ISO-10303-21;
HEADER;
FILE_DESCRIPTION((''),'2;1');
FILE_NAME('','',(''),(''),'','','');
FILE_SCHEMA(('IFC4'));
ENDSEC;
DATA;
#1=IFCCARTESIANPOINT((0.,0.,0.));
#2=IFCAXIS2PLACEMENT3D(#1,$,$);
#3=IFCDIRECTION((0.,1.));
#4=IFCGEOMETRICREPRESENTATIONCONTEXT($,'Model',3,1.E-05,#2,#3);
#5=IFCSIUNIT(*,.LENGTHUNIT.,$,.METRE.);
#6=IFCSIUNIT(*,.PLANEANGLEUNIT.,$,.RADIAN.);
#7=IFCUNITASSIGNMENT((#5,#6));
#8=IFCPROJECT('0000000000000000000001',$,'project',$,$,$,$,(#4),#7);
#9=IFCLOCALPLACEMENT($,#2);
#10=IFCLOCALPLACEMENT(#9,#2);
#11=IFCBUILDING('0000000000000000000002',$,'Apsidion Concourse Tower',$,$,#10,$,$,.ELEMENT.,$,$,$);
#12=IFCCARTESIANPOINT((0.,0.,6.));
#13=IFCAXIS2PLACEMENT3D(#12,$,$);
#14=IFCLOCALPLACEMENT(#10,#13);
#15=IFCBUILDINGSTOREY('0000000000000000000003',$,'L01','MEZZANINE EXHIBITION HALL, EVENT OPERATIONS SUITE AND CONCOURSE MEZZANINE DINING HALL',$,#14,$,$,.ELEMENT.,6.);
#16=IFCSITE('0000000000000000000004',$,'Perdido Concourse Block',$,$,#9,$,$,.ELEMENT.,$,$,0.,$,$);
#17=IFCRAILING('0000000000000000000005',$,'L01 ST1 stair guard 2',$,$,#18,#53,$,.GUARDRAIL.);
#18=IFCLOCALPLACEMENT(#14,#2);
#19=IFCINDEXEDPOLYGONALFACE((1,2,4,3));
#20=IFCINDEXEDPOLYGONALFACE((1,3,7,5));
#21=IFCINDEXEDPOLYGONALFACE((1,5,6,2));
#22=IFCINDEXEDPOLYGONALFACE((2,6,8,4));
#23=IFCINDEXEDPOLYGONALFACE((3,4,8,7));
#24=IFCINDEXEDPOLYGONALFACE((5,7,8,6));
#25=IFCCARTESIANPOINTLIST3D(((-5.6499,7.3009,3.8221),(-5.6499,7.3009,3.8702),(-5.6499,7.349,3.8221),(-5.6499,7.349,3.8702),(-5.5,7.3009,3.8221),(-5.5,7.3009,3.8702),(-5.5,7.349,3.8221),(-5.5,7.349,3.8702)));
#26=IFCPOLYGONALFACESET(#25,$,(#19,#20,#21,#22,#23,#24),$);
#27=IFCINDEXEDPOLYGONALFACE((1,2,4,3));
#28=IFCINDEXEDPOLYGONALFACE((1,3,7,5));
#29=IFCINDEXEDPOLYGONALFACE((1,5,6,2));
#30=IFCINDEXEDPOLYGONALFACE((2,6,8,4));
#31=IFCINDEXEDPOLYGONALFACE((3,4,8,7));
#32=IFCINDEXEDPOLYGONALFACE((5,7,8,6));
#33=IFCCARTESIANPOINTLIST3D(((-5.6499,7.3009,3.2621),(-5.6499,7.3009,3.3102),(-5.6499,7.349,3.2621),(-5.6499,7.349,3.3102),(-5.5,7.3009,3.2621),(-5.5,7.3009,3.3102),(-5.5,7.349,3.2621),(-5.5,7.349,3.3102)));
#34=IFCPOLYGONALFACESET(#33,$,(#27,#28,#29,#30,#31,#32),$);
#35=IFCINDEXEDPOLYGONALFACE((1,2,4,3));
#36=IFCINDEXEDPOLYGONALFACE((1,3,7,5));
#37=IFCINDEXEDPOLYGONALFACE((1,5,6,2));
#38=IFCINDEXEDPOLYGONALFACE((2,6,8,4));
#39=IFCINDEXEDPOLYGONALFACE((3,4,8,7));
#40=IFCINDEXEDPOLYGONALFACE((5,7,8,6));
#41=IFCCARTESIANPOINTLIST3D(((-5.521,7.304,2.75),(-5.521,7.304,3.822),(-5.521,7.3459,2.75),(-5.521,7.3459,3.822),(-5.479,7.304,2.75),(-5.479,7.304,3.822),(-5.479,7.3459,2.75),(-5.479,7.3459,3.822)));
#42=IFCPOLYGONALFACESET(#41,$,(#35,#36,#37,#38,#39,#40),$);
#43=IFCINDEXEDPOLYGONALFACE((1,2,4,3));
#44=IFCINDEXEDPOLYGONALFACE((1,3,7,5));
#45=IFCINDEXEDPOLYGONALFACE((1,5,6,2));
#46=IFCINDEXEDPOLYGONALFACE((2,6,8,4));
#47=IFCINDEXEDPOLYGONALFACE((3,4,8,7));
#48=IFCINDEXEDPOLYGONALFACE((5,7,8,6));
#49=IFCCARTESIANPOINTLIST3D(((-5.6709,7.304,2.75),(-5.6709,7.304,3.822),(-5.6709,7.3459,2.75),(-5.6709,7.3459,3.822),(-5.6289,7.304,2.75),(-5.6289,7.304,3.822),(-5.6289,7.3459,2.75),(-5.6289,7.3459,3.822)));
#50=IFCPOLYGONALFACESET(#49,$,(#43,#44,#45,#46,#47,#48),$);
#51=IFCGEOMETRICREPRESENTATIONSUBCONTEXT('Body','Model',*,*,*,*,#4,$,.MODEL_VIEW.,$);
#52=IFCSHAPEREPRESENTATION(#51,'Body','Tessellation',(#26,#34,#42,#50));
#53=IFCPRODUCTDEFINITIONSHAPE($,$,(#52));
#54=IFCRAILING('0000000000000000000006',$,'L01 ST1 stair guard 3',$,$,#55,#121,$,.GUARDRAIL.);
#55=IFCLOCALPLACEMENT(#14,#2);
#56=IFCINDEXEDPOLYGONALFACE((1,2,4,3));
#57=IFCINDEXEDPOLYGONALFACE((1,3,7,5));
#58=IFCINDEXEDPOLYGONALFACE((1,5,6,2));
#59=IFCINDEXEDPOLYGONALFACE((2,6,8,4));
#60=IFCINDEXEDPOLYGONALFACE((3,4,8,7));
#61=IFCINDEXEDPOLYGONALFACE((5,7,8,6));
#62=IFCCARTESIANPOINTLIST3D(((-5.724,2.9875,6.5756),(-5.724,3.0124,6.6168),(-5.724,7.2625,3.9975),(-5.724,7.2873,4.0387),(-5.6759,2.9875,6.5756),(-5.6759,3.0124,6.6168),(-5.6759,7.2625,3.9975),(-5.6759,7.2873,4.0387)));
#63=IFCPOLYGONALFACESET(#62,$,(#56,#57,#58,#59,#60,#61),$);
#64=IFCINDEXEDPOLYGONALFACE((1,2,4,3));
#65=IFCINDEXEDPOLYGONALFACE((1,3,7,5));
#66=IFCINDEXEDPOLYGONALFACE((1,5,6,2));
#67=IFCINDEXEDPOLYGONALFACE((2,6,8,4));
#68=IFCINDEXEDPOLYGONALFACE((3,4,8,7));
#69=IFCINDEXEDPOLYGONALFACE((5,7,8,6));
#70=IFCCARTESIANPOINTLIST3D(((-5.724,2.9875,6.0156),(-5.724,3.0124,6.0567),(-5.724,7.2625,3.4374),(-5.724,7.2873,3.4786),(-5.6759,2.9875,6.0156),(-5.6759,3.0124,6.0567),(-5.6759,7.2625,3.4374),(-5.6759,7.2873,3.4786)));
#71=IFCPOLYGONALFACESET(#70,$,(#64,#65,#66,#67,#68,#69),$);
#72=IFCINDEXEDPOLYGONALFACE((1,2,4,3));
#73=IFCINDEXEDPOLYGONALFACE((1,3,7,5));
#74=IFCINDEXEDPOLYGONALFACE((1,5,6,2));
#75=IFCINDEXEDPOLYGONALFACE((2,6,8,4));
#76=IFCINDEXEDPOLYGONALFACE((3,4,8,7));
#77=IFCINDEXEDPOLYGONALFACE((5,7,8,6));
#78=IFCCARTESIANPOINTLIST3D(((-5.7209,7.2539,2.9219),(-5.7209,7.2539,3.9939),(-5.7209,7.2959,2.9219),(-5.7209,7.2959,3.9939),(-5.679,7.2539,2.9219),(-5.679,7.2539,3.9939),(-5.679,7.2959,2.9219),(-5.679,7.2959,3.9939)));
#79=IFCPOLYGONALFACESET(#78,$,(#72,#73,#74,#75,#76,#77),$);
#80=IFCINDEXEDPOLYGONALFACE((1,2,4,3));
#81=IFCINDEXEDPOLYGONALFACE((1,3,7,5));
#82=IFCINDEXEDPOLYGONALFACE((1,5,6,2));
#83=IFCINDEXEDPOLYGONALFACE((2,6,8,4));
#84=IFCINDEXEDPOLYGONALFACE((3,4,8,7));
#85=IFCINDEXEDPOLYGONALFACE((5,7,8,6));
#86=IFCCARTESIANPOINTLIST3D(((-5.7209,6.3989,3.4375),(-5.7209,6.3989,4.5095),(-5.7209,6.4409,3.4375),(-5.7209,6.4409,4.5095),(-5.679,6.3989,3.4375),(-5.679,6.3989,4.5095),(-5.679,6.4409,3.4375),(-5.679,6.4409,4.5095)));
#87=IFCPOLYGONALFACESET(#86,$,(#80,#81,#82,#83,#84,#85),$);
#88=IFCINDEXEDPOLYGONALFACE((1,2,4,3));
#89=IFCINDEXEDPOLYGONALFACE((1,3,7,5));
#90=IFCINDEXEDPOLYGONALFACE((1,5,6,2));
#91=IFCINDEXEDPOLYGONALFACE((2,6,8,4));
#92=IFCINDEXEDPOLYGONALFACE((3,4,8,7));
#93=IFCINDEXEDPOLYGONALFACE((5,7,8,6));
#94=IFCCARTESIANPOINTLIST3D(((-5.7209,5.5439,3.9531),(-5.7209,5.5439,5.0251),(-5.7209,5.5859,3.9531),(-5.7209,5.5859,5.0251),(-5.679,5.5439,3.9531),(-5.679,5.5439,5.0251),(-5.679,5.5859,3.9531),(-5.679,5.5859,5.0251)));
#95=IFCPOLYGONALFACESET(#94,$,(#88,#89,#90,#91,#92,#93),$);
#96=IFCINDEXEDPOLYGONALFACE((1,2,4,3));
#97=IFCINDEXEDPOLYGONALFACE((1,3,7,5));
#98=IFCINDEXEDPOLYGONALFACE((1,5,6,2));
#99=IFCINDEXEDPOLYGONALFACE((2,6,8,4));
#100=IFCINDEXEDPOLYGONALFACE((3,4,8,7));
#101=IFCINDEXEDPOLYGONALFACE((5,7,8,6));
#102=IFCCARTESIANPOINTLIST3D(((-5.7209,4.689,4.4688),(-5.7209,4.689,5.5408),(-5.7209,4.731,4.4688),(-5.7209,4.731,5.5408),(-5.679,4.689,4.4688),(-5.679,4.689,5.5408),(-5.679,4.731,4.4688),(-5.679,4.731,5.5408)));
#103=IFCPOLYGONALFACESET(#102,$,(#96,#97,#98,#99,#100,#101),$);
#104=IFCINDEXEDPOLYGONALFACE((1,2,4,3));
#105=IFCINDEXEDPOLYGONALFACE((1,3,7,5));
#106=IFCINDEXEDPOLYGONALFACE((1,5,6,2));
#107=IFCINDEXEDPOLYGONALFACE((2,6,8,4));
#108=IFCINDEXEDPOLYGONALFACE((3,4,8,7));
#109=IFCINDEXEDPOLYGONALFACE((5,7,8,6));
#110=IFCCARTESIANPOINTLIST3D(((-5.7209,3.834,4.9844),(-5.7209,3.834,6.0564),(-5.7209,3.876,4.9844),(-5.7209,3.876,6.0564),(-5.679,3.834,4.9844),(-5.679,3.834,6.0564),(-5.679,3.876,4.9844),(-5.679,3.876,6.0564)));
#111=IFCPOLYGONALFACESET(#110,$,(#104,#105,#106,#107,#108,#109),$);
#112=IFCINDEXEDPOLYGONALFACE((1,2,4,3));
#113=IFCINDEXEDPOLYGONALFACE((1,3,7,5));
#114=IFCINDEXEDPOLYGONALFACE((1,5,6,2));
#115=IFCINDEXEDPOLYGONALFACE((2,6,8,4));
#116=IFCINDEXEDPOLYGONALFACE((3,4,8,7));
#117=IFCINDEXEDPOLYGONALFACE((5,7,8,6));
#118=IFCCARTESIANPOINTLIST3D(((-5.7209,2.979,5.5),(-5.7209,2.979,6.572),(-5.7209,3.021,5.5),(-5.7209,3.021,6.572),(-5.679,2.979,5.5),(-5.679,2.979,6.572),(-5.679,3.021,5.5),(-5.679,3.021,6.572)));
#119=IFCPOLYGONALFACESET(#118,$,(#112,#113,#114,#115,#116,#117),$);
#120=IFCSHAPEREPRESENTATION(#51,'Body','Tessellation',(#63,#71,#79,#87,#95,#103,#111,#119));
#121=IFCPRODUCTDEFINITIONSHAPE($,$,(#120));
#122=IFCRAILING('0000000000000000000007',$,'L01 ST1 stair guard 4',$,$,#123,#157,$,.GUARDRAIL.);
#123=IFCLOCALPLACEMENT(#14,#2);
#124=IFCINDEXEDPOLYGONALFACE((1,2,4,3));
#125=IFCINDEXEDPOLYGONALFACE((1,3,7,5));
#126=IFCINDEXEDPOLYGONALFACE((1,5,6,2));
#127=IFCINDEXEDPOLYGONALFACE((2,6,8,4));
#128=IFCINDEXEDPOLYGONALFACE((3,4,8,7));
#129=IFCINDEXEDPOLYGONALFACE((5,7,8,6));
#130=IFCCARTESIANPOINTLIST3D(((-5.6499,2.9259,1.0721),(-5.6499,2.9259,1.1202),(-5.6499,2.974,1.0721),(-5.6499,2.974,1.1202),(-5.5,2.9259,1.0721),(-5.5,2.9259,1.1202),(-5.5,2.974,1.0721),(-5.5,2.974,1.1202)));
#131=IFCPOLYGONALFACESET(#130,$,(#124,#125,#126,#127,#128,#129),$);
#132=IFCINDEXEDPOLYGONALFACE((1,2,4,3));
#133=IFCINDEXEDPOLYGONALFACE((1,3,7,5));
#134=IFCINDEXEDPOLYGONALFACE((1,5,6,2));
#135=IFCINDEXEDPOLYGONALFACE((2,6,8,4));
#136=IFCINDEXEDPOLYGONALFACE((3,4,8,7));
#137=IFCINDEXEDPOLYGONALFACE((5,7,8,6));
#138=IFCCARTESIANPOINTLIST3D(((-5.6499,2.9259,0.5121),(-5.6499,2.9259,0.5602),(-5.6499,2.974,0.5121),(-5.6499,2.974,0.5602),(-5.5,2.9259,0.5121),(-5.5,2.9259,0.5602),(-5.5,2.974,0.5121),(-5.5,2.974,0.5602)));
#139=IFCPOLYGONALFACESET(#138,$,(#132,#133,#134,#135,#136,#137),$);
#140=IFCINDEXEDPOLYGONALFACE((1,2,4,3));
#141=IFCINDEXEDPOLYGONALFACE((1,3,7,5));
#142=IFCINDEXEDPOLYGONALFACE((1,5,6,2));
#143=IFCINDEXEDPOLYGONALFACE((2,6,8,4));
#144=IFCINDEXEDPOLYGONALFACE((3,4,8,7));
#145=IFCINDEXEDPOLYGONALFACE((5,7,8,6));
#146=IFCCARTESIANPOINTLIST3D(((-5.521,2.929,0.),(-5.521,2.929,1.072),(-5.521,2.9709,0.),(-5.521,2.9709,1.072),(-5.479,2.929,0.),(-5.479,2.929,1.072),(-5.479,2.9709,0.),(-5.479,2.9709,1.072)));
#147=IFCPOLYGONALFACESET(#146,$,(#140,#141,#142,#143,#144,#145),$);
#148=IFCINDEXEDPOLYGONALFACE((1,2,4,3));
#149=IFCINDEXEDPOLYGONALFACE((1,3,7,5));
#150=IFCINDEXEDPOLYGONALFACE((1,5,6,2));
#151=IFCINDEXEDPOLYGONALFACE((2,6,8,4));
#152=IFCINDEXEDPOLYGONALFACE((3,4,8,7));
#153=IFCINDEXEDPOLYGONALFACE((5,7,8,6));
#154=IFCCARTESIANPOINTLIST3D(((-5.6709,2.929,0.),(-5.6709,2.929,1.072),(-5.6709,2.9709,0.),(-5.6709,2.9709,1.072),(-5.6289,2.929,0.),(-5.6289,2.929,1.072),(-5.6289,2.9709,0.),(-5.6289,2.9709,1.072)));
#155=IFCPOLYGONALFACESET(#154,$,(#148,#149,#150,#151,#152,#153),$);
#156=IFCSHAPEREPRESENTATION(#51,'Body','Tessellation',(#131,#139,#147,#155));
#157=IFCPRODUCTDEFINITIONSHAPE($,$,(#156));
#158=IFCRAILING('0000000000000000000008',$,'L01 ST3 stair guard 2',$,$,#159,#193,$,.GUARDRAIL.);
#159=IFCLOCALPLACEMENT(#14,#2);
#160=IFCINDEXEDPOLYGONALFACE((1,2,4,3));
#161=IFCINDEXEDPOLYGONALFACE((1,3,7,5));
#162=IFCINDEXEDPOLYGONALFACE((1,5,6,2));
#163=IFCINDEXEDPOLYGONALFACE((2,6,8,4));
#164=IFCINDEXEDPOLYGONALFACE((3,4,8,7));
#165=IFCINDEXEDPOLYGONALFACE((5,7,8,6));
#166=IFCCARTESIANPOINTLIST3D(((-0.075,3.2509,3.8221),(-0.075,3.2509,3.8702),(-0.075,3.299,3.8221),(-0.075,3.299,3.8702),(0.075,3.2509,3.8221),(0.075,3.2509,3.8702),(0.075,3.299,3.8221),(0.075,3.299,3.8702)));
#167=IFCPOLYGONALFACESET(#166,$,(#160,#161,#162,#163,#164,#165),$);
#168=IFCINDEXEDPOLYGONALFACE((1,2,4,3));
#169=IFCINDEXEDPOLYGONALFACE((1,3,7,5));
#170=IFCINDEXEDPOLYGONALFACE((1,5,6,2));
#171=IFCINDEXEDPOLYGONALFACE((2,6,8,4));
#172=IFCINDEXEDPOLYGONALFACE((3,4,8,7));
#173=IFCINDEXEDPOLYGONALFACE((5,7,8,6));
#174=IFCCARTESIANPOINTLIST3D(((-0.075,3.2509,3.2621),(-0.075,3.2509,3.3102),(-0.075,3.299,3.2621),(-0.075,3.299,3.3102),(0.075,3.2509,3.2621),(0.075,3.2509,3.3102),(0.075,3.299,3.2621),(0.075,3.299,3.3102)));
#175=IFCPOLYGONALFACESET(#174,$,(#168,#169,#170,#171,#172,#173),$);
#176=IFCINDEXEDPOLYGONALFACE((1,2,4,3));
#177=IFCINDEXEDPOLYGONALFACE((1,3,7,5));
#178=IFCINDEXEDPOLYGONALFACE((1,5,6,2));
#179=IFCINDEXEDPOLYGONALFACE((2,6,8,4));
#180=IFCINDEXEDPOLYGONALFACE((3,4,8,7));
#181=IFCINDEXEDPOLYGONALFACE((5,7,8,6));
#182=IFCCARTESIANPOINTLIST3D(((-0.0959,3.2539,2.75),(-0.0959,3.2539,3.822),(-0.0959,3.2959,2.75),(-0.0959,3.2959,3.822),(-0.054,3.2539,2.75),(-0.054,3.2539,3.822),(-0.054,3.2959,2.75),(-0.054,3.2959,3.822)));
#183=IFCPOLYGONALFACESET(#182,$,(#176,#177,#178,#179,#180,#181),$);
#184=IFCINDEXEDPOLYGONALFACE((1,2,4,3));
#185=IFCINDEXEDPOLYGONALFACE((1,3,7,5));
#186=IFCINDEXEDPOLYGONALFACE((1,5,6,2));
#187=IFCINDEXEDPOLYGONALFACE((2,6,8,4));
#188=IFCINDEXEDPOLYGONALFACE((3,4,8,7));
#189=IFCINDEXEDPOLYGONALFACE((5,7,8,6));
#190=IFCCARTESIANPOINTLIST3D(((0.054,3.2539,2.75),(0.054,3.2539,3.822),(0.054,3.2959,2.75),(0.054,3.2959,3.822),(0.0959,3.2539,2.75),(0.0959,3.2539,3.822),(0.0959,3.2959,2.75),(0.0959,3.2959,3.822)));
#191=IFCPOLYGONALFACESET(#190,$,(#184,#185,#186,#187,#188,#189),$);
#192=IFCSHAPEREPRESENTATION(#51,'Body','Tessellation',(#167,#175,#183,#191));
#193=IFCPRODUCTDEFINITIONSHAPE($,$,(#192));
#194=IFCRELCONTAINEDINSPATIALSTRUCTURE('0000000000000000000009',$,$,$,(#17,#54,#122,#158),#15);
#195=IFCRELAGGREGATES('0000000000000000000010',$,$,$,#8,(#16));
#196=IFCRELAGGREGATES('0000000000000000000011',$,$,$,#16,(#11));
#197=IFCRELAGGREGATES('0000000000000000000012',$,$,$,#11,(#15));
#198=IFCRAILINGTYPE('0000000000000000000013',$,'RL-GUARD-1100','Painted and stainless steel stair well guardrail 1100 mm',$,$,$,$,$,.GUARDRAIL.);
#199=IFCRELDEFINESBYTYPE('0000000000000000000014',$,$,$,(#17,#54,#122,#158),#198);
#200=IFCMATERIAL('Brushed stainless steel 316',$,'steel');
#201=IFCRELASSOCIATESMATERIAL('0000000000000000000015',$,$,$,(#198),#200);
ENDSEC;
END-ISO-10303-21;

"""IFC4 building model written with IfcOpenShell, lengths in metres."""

from ifc_helpers import new_model, si_unit, direction, frame, origin, origin_2d, place, context, subcontext, project, spatial, rectangle, extrude, material, type_object, element, save


model = new_model("IFC4")

# Units and contexts
model_context = context("Model", 3, precision=1e-05, world=origin(), true_north=direction((0.0, 1.0)))
body_context = subcontext(model_context, "Body", "Model", "MODEL_VIEW")
ifc_project = project(units=[si_unit("LENGTHUNIT", "METRE"), si_unit("PLANEANGLEUNIT", "RADIAN")], contexts=[model_context])

# Site, building, storey
site_placement = place(None, origin())
site = spatial("IfcSite", under=ifc_project, at=site_placement, Name="Perdido Concourse Block", CompositionType="ELEMENT", RefElevation=0.0)
building_placement = place(site_placement, origin())
building = spatial("IfcBuilding", under=site, at=building_placement, Name="Apsidion Concourse Tower", CompositionType="ELEMENT")
storey_placement = place(building_placement, frame((0.0, 0.0, 6.0)))
storey = spatial("IfcBuildingStorey", under=building, at=storey_placement, Name="L01", Description="MEZZANINE EXHIBITION HALL, EVENT OPERATIONS SUITE AND CONCOURSE MEZZANINE DINING HALL", CompositionType="ELEMENT", Elevation=6.0)

# Shared definitions
ifc_material_1 = material(Name="Brushed stainless steel 316", Category="steel")

# Railings
railing_type_1 = type_object("IfcRailingType", Name="RL-GUARD-1100", Description="Painted and stainless steel stair well guardrail 1100 mm", PredefinedType="GUARDRAIL", material=ifc_material_1)
railing_1_placement = place(storey_placement, frame((-5.5, 7.325, 2.75)))
element("IfcRailing", 1, at=railing_1_placement, inside=storey, type_object=railing_type_1, Name="L01 ST1 stair guard 2", PredefinedType="GUARDRAIL", context=body_context, shape_type="SweptSolid", body=[
    extrude(rectangle(XDim=0.0481, YDim=0.0481, at=origin_2d()), frame((0.0, 0.0, 1.0962), z_axis=(-1.0, 0.0, 0.0), x_axis=(0.0, -1.0, 0.0)), (0.0, 0.0, 1.0), 0.1499),
    extrude(rectangle(XDim=0.0481, YDim=0.0481, at=origin_2d()), frame((0.0, 0.0, 0.5361), z_axis=(-1.0, 0.0, 0.0), x_axis=(0.0, -1.0, 0.0)), (0.0, 0.0, 1.0), 0.1499),
    extrude(rectangle(XDim=0.042, YDim=0.042, at=origin_2d()), origin(), (0.0, 0.0, 1.0), 1.072),
    extrude(rectangle(XDim=0.042, YDim=0.042, at=origin_2d()), frame((-0.1499, 0.0, 0.0)), (0.0, 0.0, 1.0), 1.072),
])
railing_2_placement = place(storey_placement, frame((-5.7, 7.2749, 2.9219)))
element("IfcRailing", 2, at=railing_2_placement, inside=storey, type_object=railing_type_1, Name="L01 ST1 stair guard 3", PredefinedType="GUARDRAIL", context=body_context, shape_type="SweptSolid", body=[
    extrude(rectangle(XDim=0.0481, YDim=0.0481, at=origin_2d()), frame((0.0, 0.0, 1.0962), z_axis=(0.0, -0.856326, 0.516436), x_axis=(1.0, 0.0, 0.0)), (0.0, 0.0, 1.0), 4.9922),
    extrude(rectangle(XDim=0.0481, YDim=0.0481, at=origin_2d()), frame((0.0, 0.0, 0.5361), z_axis=(0.0, -0.856326, 0.516436), x_axis=(1.0, 0.0, 0.0)), (0.0, 0.0, 1.0), 4.9922),
    extrude(rectangle(XDim=0.042, YDim=0.042, at=origin_2d()), origin(), (0.0, 0.0, 1.0), 1.072),
    extrude(rectangle(XDim=0.042, YDim=0.042, at=origin_2d()), frame((0.0, -0.855, 0.5156)), (0.0, 0.0, 1.0), 1.072),
    extrude(rectangle(XDim=0.042, YDim=0.042, at=origin_2d()), frame((0.0, -1.71, 1.0312)), (0.0, 0.0, 1.0), 1.072),
    extrude(rectangle(XDim=0.042, YDim=0.042, at=origin_2d()), frame((0.0, -2.5649, 1.5469)), (0.0, 0.0, 1.0), 1.072),
    extrude(rectangle(XDim=0.042, YDim=0.042, at=origin_2d()), frame((0.0, -3.4199, 2.0625)), (0.0, 0.0, 1.0), 1.072),
    extrude(rectangle(XDim=0.042, YDim=0.042, at=origin_2d()), frame((0.0, -4.2749, 2.5781)), (0.0, 0.0, 1.0), 1.072),
])
railing_3_placement = place(storey_placement, frame((-5.5, 2.95, 0.0)))
element("IfcRailing", 3, at=railing_3_placement, inside=storey, type_object=railing_type_1, Name="L01 ST1 stair guard 4", PredefinedType="GUARDRAIL", context=body_context, shape_type="SweptSolid", body=[
    extrude(rectangle(XDim=0.0481, YDim=0.0481, at=origin_2d()), frame((0.0, 0.0, 1.0962), z_axis=(-1.0, 0.0, 0.0), x_axis=(0.0, -1.0, 0.0)), (0.0, 0.0, 1.0), 0.1499),
    extrude(rectangle(XDim=0.0481, YDim=0.0481, at=origin_2d()), frame((0.0, 0.0, 0.5361), z_axis=(-1.0, 0.0, 0.0), x_axis=(0.0, -1.0, 0.0)), (0.0, 0.0, 1.0), 0.1499),
    extrude(rectangle(XDim=0.042, YDim=0.042, at=origin_2d()), origin(), (0.0, 0.0, 1.0), 1.072),
    extrude(rectangle(XDim=0.042, YDim=0.042, at=origin_2d()), frame((-0.1499, 0.0, 0.0)), (0.0, 0.0, 1.0), 1.072),
])
railing_4_placement = place(storey_placement, frame((-0.075, 3.2749, 2.75)))
element("IfcRailing", 4, at=railing_4_placement, inside=storey, type_object=railing_type_1, Name="L01 ST3 stair guard 2", PredefinedType="GUARDRAIL", context=body_context, shape_type="SweptSolid", body=[
    extrude(rectangle(XDim=0.0481, YDim=0.0481, at=origin_2d()), frame((0.0, 0.0, 1.0962), z_axis=(1.0, 0.0, 0.0), x_axis=(0.0, 1.0, 0.0)), (0.0, 0.0, 1.0), 0.1499),
    extrude(rectangle(XDim=0.0481, YDim=0.0481, at=origin_2d()), frame((0.0, 0.0, 0.5361), z_axis=(1.0, 0.0, 0.0), x_axis=(0.0, 1.0, 0.0)), (0.0, 0.0, 1.0), 0.1499),
    extrude(rectangle(XDim=0.042, YDim=0.042, at=origin_2d()), origin(), (0.0, 0.0, 1.0), 1.072),
    extrude(rectangle(XDim=0.042, YDim=0.042, at=origin_2d()), frame((0.1499, 0.0, 0.0)), (0.0, 0.0, 1.0), 1.072),
])

save(model, "model.ifc")
